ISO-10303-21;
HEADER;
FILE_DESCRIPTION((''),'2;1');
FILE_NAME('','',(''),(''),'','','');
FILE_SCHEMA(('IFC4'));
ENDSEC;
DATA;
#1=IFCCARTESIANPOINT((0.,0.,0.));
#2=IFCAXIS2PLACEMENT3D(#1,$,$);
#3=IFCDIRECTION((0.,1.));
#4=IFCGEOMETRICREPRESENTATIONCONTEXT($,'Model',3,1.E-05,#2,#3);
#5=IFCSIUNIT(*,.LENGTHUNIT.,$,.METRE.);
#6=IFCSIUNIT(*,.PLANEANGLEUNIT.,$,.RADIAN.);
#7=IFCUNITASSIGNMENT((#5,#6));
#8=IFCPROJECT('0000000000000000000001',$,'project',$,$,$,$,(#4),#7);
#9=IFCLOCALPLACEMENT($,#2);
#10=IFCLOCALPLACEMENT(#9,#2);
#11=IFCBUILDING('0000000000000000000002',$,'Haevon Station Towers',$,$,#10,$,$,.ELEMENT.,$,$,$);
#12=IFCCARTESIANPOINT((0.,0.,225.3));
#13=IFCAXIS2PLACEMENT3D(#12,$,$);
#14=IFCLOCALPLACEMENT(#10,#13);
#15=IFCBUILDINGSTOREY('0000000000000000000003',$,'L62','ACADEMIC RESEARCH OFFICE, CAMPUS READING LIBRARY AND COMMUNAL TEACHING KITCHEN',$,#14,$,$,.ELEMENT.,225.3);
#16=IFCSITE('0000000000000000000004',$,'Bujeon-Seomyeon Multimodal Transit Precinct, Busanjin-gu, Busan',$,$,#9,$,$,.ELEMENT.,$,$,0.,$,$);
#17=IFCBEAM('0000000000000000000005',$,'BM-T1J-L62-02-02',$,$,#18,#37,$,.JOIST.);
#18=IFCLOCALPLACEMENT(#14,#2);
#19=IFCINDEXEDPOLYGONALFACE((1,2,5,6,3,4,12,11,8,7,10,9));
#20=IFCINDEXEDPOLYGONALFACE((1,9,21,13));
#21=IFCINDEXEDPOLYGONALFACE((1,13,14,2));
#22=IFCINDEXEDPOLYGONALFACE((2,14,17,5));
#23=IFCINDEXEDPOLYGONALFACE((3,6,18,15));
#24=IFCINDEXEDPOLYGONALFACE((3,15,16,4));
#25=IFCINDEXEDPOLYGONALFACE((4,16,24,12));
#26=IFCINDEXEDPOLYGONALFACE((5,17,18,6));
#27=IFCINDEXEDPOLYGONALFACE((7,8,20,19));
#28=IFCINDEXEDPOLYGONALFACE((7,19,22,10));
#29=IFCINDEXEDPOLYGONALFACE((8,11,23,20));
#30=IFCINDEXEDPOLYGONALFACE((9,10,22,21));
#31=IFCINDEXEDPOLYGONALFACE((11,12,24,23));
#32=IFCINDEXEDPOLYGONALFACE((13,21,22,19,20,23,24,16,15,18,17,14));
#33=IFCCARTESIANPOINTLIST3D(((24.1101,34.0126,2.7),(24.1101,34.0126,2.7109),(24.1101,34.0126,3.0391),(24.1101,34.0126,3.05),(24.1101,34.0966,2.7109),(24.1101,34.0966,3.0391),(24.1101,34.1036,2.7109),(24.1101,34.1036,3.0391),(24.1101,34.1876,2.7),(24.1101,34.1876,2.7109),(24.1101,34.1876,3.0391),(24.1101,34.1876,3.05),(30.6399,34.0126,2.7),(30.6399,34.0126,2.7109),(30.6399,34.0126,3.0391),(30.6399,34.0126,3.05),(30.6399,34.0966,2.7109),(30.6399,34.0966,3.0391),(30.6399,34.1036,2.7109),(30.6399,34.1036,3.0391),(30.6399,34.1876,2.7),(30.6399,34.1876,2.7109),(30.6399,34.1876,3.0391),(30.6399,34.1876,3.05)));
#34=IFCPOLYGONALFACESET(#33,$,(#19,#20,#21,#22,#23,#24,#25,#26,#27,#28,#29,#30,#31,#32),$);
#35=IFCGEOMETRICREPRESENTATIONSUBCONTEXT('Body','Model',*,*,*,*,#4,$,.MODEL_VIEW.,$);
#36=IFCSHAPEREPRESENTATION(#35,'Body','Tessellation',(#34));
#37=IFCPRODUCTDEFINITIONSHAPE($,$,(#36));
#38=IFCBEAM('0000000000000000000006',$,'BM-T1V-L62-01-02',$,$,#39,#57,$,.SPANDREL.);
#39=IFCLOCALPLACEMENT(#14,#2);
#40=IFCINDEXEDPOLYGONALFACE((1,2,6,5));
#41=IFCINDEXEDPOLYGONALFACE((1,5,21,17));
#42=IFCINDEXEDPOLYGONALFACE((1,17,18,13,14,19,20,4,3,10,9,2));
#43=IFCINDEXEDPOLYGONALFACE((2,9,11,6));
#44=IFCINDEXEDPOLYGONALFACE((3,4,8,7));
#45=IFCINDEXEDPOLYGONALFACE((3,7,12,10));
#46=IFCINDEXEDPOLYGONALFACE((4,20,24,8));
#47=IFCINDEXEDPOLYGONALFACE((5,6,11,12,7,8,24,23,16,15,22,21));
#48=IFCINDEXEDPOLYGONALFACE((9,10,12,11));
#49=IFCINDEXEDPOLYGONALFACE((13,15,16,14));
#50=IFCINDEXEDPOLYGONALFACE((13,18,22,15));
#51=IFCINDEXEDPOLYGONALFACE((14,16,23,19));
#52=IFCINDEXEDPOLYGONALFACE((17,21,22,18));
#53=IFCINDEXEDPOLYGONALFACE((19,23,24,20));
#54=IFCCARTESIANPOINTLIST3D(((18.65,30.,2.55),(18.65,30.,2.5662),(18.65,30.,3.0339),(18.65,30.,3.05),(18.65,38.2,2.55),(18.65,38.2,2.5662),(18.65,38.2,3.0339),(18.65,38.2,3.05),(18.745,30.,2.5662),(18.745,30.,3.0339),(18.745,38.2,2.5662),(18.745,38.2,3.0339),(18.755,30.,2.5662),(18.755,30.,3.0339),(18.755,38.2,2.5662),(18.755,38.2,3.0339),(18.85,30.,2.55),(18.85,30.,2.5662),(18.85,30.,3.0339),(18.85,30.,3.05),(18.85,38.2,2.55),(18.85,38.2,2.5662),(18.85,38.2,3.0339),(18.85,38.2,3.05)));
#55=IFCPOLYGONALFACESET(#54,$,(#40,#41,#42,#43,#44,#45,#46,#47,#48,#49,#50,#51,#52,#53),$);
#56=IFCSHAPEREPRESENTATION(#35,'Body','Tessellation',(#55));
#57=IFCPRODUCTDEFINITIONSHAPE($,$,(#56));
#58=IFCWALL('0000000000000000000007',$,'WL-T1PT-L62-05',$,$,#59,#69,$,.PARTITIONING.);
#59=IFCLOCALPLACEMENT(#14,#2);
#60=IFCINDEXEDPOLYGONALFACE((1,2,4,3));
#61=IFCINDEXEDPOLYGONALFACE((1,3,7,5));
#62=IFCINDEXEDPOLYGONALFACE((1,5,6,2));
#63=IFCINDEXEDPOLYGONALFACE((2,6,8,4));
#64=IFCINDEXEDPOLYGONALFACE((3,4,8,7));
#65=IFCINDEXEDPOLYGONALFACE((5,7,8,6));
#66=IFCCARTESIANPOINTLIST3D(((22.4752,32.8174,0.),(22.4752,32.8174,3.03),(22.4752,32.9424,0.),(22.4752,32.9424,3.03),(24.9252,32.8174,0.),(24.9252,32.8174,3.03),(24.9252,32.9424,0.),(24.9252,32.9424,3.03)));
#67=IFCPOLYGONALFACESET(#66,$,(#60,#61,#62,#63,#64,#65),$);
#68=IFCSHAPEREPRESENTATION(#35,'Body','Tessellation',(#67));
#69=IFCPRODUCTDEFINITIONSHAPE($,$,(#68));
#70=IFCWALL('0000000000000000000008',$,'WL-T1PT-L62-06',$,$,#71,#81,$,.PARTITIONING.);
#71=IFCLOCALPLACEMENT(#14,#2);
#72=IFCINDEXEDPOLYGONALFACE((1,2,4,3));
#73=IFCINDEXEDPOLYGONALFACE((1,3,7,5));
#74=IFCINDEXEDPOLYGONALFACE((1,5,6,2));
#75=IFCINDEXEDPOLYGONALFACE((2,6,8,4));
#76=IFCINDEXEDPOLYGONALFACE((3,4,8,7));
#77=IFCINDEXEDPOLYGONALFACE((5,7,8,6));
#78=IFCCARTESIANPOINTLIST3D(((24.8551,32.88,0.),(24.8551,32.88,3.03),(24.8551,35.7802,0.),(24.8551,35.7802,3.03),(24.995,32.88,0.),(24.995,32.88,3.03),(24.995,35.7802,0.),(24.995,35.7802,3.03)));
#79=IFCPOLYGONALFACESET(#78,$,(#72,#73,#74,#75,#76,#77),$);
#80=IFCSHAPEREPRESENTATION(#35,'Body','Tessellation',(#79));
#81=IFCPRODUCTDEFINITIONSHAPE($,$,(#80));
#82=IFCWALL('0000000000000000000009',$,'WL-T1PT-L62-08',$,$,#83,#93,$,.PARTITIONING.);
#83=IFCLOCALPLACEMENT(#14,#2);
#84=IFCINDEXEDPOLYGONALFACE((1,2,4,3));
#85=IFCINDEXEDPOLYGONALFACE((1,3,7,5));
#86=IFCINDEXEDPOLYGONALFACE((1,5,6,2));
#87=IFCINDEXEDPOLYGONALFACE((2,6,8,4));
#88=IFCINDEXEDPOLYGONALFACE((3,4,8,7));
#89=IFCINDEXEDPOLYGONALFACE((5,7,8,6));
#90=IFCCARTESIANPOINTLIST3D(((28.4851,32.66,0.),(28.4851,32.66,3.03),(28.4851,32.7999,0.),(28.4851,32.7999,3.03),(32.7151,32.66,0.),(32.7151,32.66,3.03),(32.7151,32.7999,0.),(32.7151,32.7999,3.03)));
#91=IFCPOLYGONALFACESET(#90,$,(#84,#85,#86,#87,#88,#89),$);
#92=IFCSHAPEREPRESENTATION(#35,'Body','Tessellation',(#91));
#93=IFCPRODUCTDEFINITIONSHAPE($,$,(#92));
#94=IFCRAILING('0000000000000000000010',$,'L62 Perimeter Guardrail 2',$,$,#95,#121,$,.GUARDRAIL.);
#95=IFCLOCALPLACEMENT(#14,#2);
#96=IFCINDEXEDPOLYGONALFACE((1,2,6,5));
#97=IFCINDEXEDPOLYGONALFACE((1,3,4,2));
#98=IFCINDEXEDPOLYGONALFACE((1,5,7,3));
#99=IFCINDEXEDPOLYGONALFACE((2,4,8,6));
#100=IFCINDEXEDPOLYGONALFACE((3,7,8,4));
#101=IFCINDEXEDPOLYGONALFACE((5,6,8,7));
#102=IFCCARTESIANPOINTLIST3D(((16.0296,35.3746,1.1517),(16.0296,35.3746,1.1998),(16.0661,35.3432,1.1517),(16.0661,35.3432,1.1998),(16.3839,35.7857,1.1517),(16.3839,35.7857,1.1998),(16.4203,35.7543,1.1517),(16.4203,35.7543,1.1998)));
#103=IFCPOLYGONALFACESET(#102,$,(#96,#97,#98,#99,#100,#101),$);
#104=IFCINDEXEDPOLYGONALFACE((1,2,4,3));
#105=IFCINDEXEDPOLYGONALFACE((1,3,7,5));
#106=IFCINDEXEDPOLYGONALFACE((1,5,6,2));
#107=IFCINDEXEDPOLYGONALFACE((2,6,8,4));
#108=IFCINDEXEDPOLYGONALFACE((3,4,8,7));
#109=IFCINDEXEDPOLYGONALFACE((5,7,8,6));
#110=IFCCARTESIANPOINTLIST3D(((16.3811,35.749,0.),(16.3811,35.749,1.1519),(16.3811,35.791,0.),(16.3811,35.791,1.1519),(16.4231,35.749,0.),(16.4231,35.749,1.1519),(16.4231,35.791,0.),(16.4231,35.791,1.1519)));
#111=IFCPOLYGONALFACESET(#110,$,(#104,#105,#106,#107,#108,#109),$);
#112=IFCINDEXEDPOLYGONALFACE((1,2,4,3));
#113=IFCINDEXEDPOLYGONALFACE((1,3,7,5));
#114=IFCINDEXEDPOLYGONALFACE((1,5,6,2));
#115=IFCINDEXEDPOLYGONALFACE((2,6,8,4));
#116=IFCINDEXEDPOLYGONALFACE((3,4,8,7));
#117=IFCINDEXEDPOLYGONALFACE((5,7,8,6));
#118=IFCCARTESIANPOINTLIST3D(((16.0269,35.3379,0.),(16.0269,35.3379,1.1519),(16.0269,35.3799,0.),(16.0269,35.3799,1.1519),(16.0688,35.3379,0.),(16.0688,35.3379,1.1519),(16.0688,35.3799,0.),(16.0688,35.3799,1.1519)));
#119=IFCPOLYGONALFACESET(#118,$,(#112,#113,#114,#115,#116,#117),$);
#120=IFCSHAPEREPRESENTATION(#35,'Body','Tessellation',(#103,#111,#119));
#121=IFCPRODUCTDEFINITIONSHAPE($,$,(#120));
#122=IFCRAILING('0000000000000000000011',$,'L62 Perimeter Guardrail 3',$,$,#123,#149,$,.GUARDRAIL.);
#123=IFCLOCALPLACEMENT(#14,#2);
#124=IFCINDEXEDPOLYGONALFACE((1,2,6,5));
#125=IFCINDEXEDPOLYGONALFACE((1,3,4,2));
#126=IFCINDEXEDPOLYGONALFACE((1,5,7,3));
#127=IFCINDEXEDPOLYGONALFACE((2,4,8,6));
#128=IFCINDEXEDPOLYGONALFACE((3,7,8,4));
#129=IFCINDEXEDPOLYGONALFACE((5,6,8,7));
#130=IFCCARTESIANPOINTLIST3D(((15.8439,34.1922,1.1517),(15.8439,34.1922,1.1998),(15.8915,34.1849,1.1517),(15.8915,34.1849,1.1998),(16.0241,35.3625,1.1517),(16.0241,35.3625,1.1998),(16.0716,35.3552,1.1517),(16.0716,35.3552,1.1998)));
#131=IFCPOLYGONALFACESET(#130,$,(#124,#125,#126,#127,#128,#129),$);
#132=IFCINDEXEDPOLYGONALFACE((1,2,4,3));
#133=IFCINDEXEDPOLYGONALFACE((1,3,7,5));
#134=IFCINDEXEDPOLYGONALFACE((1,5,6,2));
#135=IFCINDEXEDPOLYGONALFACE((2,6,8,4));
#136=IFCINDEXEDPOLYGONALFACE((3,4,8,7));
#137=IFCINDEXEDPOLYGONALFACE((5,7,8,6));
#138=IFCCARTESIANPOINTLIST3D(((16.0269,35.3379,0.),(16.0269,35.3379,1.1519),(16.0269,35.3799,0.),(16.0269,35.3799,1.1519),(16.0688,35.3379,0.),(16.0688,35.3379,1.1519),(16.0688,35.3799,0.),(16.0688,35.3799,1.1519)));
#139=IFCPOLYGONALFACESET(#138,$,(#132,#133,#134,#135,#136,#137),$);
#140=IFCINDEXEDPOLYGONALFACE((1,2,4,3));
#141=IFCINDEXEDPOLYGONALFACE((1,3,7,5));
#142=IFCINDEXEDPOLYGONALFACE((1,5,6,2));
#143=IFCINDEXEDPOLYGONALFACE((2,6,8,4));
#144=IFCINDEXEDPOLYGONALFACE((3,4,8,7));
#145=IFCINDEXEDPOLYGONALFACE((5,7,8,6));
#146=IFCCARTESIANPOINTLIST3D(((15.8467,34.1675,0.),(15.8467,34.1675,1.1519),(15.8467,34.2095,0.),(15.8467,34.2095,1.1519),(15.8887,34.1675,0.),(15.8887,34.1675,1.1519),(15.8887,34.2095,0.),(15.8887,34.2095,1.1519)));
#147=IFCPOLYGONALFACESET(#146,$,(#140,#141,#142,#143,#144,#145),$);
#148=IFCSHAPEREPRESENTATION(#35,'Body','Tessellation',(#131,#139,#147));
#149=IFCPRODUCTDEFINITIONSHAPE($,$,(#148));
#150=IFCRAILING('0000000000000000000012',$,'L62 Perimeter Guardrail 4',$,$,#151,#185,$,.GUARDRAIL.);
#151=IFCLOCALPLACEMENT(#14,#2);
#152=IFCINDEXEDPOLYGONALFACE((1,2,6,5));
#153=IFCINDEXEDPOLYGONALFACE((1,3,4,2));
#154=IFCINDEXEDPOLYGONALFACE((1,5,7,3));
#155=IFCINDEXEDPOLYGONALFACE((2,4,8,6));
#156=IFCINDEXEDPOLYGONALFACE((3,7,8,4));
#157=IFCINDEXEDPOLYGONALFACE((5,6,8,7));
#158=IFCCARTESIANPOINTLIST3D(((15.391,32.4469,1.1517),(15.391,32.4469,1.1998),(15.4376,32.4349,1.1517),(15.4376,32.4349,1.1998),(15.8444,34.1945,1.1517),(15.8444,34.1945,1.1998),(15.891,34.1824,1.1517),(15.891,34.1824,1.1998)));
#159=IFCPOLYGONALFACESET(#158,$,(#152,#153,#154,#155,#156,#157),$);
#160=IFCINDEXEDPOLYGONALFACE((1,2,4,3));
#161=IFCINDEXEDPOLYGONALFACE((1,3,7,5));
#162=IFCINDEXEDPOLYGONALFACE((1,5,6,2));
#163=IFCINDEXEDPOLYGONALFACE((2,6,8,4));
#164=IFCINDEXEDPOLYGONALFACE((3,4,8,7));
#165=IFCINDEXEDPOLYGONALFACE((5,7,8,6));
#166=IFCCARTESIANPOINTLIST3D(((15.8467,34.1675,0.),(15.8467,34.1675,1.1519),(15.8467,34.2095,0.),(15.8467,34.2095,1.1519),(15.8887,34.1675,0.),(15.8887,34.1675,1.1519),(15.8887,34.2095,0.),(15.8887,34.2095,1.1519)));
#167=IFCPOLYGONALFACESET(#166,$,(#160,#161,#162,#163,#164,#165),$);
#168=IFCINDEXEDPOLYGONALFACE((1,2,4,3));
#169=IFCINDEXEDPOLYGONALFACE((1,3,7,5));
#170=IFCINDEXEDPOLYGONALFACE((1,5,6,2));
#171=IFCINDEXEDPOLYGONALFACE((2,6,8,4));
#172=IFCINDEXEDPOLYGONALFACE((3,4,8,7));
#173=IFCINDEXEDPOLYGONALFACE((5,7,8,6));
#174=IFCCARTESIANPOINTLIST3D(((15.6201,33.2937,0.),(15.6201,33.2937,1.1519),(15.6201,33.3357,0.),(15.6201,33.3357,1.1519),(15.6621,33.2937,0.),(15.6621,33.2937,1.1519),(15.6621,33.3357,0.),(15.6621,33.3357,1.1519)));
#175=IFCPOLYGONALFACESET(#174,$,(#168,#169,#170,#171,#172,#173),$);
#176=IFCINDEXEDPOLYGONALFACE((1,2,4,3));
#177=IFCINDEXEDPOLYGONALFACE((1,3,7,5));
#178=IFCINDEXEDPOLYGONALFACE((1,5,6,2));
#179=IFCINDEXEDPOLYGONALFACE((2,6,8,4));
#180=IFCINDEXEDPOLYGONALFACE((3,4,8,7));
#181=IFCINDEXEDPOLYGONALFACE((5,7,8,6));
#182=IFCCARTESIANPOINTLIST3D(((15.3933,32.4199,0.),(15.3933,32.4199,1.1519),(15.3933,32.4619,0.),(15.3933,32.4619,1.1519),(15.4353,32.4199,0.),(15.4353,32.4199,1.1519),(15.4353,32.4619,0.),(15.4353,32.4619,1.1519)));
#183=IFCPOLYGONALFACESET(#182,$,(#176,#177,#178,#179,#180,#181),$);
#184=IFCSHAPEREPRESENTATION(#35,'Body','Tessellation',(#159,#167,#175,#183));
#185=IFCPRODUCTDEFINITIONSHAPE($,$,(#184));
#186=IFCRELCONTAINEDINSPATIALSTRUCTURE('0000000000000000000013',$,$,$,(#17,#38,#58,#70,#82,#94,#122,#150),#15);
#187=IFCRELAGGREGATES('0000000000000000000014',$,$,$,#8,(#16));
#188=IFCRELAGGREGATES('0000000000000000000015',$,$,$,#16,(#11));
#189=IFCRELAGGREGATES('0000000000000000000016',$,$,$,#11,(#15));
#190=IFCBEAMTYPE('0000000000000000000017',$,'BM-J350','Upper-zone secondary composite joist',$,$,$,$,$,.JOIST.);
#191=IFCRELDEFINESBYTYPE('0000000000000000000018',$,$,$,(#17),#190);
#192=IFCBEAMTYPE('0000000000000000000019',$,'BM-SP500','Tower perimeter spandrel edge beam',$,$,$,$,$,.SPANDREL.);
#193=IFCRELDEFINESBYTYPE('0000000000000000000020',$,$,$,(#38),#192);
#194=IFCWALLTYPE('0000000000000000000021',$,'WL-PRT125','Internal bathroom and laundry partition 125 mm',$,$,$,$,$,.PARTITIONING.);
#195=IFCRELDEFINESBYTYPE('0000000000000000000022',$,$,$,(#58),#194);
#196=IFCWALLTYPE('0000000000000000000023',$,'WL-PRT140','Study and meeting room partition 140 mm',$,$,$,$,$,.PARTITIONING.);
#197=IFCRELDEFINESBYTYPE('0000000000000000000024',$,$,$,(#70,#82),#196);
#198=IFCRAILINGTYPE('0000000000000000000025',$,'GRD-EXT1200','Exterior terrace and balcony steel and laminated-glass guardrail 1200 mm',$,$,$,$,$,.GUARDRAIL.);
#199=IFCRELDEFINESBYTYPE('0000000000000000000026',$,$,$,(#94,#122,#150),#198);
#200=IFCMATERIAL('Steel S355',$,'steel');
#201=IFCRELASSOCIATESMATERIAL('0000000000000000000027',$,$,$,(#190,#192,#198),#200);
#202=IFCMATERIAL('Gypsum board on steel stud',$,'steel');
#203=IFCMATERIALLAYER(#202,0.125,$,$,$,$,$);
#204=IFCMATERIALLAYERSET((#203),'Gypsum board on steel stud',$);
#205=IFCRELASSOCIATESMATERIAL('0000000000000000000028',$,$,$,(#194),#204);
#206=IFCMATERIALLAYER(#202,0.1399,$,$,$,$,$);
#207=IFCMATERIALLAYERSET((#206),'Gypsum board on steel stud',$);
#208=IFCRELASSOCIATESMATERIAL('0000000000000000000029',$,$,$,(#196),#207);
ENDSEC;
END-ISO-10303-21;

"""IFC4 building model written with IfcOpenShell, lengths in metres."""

from ifc_helpers import new_model, si_unit, direction, frame, frame_2d, origin, origin_2d, place, context, subcontext, project, spatial, rectangle, i_section, extrude, material, layer, layer_set, material_profile, profile_set, type_object, element, save


model = new_model("IFC4")

# Units and contexts
model_context = context("Model", 3, precision=1e-05, world=origin(), true_north=direction((0.0, 1.0)))
body_context = subcontext(model_context, "Body", "Model", "MODEL_VIEW")
ifc_project = project(units=[si_unit("LENGTHUNIT", "METRE"), si_unit("PLANEANGLEUNIT", "RADIAN")], contexts=[model_context])

# Site, building, storey
site_placement = place(None, origin())
site = spatial("IfcSite", under=ifc_project, at=site_placement, Name="Bujeon-Seomyeon Multimodal Transit Precinct, Busanjin-gu, Busan", CompositionType="ELEMENT", RefElevation=0.0)
building_placement = place(site_placement, origin())
building = spatial("IfcBuilding", under=site, at=building_placement, Name="Haevon Station Towers", CompositionType="ELEMENT")
storey_placement = place(building_placement, frame((0.0, 0.0, 225.3)))
storey = spatial("IfcBuildingStorey", under=building, at=storey_placement, Name="L62", Description="ACADEMIC RESEARCH OFFICE, CAMPUS READING LIBRARY AND COMMUNAL TEACHING KITCHEN", CompositionType="ELEMENT", Elevation=225.3)

# Shared definitions
ifc_material_1 = material(Name="Steel S355", Category="steel")

# Beams
ifc_material_profile_1 = material_profile(ifc_material_1, i_section(OverallWidth=0.175, OverallDepth=0.3501, WebThickness=0.0071, FlangeThickness=0.011, at=origin_2d()), Name="H-350x175x7x11")
ifc_profile_set_1 = profile_set([ifc_material_profile_1], Name="Steel S355")
beam_type_1 = type_object("IfcBeamType", Name="BM-J350", Description="Upper-zone secondary composite joist", PredefinedType="JOIST", material=ifc_profile_set_1)
beam_1_placement = place(storey_placement, frame((24.1101, 34.1001, 2.875), z_axis=(1.0, 0.0, 0.0), x_axis=(0.0, 1.0, 0.0)))
element("IfcBeam", 1, at=beam_1_placement, inside=storey, type_object=beam_type_1, Name="BM-T1J-L62-02-02", PredefinedType="JOIST", context=body_context, shape_type="SweptSolid", body=[
    extrude(i_section(OverallWidth=0.175, OverallDepth=0.3501, WebThickness=0.0071, FlangeThickness=0.011, at=origin_2d()), origin(), (0.0, 0.0, 1.0), 6.5298),
])
ifc_material_profile_2 = material_profile(ifc_material_1, i_section(OverallWidth=0.2, OverallDepth=0.5, WebThickness=0.01, FlangeThickness=0.0161, at=origin_2d()), Name="H-500x200x10x16")
ifc_profile_set_2 = profile_set([ifc_material_profile_2], Name="Steel S355")
beam_type_2 = type_object("IfcBeamType", Name="BM-SP500", Description="Tower perimeter spandrel edge beam", PredefinedType="SPANDREL", material=ifc_profile_set_2)
beam_2_placement = place(storey_placement, frame((18.75, 30.0, 2.8), z_axis=(0.0, 1.0, 0.0), x_axis=(-1.0, 0.0, 0.0)))
element("IfcBeam", 2, at=beam_2_placement, inside=storey, type_object=beam_type_2, Name="BM-T1V-L62-01-02", PredefinedType="SPANDREL", context=body_context, shape_type="SweptSolid", body=[
    extrude(i_section(OverallWidth=0.2, OverallDepth=0.5, WebThickness=0.01, FlangeThickness=0.0161, at=origin_2d()), origin(), (0.0, 0.0, 1.0), 8.2),
])

# Walls
ifc_material_2 = material(Name="Gypsum board on steel stud", Category="steel")
ifc_layer_1 = layer(ifc_material_2, 0.125)
ifc_layer_set_1 = layer_set([ifc_layer_1], Name="Gypsum board on steel stud")
wall_type_1 = type_object("IfcWallType", Name="WL-PRT125", Description="Internal bathroom and laundry partition 125 mm", PredefinedType="PARTITIONING", material=ifc_layer_set_1)
wall_1_placement = place(storey_placement, frame((22.4751, 32.8799, 0.0), z_axis=(0.0, 0.0, 1.0), x_axis=(1.0, 0.0, 0.0)))
element("IfcWall", 3, at=wall_1_placement, inside=storey, type_object=wall_type_1, Name="WL-T1PT-L62-05", PredefinedType="PARTITIONING", context=body_context, shape_type="SweptSolid", body=[
    extrude(rectangle(XDim=2.45, YDim=0.125, at=frame_2d((1.2251, 0.0))), origin(), (0.0, 0.0, 1.0), 3.03),
])
ifc_layer_2 = layer(ifc_material_2, 0.1399)
ifc_layer_set_2 = layer_set([ifc_layer_2], Name="Gypsum board on steel stud")
wall_type_2 = type_object("IfcWallType", Name="WL-PRT140", Description="Study and meeting room partition 140 mm", PredefinedType="PARTITIONING", material=ifc_layer_set_2)
wall_2_placement = place(storey_placement, frame((24.925, 32.8799, 0.0), z_axis=(0.0, 0.0, 1.0), x_axis=(0.0, 1.0, 0.0)))
element("IfcWall", 4, at=wall_2_placement, inside=storey, type_object=wall_type_2, Name="WL-T1PT-L62-06", PredefinedType="PARTITIONING", context=body_context, shape_type="SweptSolid", body=[
    extrude(rectangle(XDim=2.9001, YDim=0.1399, at=frame_2d((1.4502, 0.0))), origin(), (0.0, 0.0, 1.0), 3.03),
])
wall_3_placement = place(storey_placement, frame((28.4851, 32.73, 0.0), z_axis=(0.0, 0.0, 1.0), x_axis=(1.0, 0.0, 0.0)))
element("IfcWall", 5, at=wall_3_placement, inside=storey, type_object=wall_type_2, Name="WL-T1PT-L62-08", PredefinedType="PARTITIONING", context=body_context, shape_type="SweptSolid", body=[
    extrude(rectangle(XDim=4.23, YDim=0.1399, at=frame_2d((2.115, 0.0))), origin(), (0.0, 0.0, 1.0), 3.03),
])

# Railings
railing_type = type_object("IfcRailingType", Name="GRD-EXT1200", Description="Exterior terrace and balcony steel and laminated-glass guardrail 1200 mm", PredefinedType="GUARDRAIL", material=ifc_material_1)
railing_1_placement = place(storey_placement, frame((16.4021, 35.77, 0.0)))
element("IfcRailing", 6, at=railing_1_placement, inside=storey, type_object=railing_type, Name="L62 Perimeter Guardrail 2", PredefinedType="GUARDRAIL", context=body_context, shape_type="SweptSolid", body=[
    extrude(rectangle(XDim=0.0481, YDim=0.0481, at=origin_2d()), frame((0.0, 0.0, 1.1758), z_axis=(-0.652753, -0.757571, 0.0), x_axis=(0.757571, -0.652753, 0.0)), (0.0, 0.0, 1.0), 0.5427),
    extrude(rectangle(XDim=0.042, YDim=0.042, at=origin_2d()), origin(), (0.0, 0.0, 1.0), 1.1519),
    extrude(rectangle(XDim=0.042, YDim=0.042, at=origin_2d()), frame((-0.3542, -0.4111, 0.0)), (0.0, 0.0, 1.0), 1.1519),
])
railing_2_placement = place(storey_placement, frame((16.0479, 35.3589, 0.0)))
element("IfcRailing", 7, at=railing_2_placement, inside=storey, type_object=railing_type, Name="L62 Perimeter Guardrail 3", PredefinedType="GUARDRAIL", context=body_context, shape_type="SweptSolid", body=[
    extrude(rectangle(XDim=0.0481, YDim=0.0481, at=origin_2d()), frame((0.0, 0.0, 1.1758), z_axis=(-0.15215, -0.988357, 0.0), x_axis=(0.988357, -0.15215, 0.0)), (0.0, 0.0, 1.0), 1.1841),
    extrude(rectangle(XDim=0.042, YDim=0.042, at=origin_2d()), origin(), (0.0, 0.0, 1.0), 1.1519),
    extrude(rectangle(XDim=0.042, YDim=0.042, at=origin_2d()), frame((-0.1802, -1.1704, 0.0)), (0.0, 0.0, 1.0), 1.1519),
])
railing_3_placement = place(storey_placement, frame((15.8677, 34.1885, 0.0)))
element("IfcRailing", 8, at=railing_3_placement, inside=storey, type_object=railing_type, Name="L62 Perimeter Guardrail 4", PredefinedType="GUARDRAIL", context=body_context, shape_type="SweptSolid", body=[
    extrude(rectangle(XDim=0.0481, YDim=0.0481, at=origin_2d()), frame((0.0, 0.0, 1.1758), z_axis=(-0.251117, -0.967957, 0.0), x_axis=(0.967957, -0.251117, 0.0)), (0.0, 0.0, 1.0), 1.8054),
    extrude(rectangle(XDim=0.042, YDim=0.042, at=origin_2d()), origin(), (0.0, 0.0, 1.0), 1.1519),
    extrude(rectangle(XDim=0.042, YDim=0.042, at=origin_2d()), frame((-0.2266, -0.8738, 0.0)), (0.0, 0.0, 1.0), 1.1519),
    extrude(rectangle(XDim=0.042, YDim=0.042, at=origin_2d()), frame((-0.4534, -1.7476, 0.0)), (0.0, 0.0, 1.0), 1.1519),
])

save(model, "model.ifc")
